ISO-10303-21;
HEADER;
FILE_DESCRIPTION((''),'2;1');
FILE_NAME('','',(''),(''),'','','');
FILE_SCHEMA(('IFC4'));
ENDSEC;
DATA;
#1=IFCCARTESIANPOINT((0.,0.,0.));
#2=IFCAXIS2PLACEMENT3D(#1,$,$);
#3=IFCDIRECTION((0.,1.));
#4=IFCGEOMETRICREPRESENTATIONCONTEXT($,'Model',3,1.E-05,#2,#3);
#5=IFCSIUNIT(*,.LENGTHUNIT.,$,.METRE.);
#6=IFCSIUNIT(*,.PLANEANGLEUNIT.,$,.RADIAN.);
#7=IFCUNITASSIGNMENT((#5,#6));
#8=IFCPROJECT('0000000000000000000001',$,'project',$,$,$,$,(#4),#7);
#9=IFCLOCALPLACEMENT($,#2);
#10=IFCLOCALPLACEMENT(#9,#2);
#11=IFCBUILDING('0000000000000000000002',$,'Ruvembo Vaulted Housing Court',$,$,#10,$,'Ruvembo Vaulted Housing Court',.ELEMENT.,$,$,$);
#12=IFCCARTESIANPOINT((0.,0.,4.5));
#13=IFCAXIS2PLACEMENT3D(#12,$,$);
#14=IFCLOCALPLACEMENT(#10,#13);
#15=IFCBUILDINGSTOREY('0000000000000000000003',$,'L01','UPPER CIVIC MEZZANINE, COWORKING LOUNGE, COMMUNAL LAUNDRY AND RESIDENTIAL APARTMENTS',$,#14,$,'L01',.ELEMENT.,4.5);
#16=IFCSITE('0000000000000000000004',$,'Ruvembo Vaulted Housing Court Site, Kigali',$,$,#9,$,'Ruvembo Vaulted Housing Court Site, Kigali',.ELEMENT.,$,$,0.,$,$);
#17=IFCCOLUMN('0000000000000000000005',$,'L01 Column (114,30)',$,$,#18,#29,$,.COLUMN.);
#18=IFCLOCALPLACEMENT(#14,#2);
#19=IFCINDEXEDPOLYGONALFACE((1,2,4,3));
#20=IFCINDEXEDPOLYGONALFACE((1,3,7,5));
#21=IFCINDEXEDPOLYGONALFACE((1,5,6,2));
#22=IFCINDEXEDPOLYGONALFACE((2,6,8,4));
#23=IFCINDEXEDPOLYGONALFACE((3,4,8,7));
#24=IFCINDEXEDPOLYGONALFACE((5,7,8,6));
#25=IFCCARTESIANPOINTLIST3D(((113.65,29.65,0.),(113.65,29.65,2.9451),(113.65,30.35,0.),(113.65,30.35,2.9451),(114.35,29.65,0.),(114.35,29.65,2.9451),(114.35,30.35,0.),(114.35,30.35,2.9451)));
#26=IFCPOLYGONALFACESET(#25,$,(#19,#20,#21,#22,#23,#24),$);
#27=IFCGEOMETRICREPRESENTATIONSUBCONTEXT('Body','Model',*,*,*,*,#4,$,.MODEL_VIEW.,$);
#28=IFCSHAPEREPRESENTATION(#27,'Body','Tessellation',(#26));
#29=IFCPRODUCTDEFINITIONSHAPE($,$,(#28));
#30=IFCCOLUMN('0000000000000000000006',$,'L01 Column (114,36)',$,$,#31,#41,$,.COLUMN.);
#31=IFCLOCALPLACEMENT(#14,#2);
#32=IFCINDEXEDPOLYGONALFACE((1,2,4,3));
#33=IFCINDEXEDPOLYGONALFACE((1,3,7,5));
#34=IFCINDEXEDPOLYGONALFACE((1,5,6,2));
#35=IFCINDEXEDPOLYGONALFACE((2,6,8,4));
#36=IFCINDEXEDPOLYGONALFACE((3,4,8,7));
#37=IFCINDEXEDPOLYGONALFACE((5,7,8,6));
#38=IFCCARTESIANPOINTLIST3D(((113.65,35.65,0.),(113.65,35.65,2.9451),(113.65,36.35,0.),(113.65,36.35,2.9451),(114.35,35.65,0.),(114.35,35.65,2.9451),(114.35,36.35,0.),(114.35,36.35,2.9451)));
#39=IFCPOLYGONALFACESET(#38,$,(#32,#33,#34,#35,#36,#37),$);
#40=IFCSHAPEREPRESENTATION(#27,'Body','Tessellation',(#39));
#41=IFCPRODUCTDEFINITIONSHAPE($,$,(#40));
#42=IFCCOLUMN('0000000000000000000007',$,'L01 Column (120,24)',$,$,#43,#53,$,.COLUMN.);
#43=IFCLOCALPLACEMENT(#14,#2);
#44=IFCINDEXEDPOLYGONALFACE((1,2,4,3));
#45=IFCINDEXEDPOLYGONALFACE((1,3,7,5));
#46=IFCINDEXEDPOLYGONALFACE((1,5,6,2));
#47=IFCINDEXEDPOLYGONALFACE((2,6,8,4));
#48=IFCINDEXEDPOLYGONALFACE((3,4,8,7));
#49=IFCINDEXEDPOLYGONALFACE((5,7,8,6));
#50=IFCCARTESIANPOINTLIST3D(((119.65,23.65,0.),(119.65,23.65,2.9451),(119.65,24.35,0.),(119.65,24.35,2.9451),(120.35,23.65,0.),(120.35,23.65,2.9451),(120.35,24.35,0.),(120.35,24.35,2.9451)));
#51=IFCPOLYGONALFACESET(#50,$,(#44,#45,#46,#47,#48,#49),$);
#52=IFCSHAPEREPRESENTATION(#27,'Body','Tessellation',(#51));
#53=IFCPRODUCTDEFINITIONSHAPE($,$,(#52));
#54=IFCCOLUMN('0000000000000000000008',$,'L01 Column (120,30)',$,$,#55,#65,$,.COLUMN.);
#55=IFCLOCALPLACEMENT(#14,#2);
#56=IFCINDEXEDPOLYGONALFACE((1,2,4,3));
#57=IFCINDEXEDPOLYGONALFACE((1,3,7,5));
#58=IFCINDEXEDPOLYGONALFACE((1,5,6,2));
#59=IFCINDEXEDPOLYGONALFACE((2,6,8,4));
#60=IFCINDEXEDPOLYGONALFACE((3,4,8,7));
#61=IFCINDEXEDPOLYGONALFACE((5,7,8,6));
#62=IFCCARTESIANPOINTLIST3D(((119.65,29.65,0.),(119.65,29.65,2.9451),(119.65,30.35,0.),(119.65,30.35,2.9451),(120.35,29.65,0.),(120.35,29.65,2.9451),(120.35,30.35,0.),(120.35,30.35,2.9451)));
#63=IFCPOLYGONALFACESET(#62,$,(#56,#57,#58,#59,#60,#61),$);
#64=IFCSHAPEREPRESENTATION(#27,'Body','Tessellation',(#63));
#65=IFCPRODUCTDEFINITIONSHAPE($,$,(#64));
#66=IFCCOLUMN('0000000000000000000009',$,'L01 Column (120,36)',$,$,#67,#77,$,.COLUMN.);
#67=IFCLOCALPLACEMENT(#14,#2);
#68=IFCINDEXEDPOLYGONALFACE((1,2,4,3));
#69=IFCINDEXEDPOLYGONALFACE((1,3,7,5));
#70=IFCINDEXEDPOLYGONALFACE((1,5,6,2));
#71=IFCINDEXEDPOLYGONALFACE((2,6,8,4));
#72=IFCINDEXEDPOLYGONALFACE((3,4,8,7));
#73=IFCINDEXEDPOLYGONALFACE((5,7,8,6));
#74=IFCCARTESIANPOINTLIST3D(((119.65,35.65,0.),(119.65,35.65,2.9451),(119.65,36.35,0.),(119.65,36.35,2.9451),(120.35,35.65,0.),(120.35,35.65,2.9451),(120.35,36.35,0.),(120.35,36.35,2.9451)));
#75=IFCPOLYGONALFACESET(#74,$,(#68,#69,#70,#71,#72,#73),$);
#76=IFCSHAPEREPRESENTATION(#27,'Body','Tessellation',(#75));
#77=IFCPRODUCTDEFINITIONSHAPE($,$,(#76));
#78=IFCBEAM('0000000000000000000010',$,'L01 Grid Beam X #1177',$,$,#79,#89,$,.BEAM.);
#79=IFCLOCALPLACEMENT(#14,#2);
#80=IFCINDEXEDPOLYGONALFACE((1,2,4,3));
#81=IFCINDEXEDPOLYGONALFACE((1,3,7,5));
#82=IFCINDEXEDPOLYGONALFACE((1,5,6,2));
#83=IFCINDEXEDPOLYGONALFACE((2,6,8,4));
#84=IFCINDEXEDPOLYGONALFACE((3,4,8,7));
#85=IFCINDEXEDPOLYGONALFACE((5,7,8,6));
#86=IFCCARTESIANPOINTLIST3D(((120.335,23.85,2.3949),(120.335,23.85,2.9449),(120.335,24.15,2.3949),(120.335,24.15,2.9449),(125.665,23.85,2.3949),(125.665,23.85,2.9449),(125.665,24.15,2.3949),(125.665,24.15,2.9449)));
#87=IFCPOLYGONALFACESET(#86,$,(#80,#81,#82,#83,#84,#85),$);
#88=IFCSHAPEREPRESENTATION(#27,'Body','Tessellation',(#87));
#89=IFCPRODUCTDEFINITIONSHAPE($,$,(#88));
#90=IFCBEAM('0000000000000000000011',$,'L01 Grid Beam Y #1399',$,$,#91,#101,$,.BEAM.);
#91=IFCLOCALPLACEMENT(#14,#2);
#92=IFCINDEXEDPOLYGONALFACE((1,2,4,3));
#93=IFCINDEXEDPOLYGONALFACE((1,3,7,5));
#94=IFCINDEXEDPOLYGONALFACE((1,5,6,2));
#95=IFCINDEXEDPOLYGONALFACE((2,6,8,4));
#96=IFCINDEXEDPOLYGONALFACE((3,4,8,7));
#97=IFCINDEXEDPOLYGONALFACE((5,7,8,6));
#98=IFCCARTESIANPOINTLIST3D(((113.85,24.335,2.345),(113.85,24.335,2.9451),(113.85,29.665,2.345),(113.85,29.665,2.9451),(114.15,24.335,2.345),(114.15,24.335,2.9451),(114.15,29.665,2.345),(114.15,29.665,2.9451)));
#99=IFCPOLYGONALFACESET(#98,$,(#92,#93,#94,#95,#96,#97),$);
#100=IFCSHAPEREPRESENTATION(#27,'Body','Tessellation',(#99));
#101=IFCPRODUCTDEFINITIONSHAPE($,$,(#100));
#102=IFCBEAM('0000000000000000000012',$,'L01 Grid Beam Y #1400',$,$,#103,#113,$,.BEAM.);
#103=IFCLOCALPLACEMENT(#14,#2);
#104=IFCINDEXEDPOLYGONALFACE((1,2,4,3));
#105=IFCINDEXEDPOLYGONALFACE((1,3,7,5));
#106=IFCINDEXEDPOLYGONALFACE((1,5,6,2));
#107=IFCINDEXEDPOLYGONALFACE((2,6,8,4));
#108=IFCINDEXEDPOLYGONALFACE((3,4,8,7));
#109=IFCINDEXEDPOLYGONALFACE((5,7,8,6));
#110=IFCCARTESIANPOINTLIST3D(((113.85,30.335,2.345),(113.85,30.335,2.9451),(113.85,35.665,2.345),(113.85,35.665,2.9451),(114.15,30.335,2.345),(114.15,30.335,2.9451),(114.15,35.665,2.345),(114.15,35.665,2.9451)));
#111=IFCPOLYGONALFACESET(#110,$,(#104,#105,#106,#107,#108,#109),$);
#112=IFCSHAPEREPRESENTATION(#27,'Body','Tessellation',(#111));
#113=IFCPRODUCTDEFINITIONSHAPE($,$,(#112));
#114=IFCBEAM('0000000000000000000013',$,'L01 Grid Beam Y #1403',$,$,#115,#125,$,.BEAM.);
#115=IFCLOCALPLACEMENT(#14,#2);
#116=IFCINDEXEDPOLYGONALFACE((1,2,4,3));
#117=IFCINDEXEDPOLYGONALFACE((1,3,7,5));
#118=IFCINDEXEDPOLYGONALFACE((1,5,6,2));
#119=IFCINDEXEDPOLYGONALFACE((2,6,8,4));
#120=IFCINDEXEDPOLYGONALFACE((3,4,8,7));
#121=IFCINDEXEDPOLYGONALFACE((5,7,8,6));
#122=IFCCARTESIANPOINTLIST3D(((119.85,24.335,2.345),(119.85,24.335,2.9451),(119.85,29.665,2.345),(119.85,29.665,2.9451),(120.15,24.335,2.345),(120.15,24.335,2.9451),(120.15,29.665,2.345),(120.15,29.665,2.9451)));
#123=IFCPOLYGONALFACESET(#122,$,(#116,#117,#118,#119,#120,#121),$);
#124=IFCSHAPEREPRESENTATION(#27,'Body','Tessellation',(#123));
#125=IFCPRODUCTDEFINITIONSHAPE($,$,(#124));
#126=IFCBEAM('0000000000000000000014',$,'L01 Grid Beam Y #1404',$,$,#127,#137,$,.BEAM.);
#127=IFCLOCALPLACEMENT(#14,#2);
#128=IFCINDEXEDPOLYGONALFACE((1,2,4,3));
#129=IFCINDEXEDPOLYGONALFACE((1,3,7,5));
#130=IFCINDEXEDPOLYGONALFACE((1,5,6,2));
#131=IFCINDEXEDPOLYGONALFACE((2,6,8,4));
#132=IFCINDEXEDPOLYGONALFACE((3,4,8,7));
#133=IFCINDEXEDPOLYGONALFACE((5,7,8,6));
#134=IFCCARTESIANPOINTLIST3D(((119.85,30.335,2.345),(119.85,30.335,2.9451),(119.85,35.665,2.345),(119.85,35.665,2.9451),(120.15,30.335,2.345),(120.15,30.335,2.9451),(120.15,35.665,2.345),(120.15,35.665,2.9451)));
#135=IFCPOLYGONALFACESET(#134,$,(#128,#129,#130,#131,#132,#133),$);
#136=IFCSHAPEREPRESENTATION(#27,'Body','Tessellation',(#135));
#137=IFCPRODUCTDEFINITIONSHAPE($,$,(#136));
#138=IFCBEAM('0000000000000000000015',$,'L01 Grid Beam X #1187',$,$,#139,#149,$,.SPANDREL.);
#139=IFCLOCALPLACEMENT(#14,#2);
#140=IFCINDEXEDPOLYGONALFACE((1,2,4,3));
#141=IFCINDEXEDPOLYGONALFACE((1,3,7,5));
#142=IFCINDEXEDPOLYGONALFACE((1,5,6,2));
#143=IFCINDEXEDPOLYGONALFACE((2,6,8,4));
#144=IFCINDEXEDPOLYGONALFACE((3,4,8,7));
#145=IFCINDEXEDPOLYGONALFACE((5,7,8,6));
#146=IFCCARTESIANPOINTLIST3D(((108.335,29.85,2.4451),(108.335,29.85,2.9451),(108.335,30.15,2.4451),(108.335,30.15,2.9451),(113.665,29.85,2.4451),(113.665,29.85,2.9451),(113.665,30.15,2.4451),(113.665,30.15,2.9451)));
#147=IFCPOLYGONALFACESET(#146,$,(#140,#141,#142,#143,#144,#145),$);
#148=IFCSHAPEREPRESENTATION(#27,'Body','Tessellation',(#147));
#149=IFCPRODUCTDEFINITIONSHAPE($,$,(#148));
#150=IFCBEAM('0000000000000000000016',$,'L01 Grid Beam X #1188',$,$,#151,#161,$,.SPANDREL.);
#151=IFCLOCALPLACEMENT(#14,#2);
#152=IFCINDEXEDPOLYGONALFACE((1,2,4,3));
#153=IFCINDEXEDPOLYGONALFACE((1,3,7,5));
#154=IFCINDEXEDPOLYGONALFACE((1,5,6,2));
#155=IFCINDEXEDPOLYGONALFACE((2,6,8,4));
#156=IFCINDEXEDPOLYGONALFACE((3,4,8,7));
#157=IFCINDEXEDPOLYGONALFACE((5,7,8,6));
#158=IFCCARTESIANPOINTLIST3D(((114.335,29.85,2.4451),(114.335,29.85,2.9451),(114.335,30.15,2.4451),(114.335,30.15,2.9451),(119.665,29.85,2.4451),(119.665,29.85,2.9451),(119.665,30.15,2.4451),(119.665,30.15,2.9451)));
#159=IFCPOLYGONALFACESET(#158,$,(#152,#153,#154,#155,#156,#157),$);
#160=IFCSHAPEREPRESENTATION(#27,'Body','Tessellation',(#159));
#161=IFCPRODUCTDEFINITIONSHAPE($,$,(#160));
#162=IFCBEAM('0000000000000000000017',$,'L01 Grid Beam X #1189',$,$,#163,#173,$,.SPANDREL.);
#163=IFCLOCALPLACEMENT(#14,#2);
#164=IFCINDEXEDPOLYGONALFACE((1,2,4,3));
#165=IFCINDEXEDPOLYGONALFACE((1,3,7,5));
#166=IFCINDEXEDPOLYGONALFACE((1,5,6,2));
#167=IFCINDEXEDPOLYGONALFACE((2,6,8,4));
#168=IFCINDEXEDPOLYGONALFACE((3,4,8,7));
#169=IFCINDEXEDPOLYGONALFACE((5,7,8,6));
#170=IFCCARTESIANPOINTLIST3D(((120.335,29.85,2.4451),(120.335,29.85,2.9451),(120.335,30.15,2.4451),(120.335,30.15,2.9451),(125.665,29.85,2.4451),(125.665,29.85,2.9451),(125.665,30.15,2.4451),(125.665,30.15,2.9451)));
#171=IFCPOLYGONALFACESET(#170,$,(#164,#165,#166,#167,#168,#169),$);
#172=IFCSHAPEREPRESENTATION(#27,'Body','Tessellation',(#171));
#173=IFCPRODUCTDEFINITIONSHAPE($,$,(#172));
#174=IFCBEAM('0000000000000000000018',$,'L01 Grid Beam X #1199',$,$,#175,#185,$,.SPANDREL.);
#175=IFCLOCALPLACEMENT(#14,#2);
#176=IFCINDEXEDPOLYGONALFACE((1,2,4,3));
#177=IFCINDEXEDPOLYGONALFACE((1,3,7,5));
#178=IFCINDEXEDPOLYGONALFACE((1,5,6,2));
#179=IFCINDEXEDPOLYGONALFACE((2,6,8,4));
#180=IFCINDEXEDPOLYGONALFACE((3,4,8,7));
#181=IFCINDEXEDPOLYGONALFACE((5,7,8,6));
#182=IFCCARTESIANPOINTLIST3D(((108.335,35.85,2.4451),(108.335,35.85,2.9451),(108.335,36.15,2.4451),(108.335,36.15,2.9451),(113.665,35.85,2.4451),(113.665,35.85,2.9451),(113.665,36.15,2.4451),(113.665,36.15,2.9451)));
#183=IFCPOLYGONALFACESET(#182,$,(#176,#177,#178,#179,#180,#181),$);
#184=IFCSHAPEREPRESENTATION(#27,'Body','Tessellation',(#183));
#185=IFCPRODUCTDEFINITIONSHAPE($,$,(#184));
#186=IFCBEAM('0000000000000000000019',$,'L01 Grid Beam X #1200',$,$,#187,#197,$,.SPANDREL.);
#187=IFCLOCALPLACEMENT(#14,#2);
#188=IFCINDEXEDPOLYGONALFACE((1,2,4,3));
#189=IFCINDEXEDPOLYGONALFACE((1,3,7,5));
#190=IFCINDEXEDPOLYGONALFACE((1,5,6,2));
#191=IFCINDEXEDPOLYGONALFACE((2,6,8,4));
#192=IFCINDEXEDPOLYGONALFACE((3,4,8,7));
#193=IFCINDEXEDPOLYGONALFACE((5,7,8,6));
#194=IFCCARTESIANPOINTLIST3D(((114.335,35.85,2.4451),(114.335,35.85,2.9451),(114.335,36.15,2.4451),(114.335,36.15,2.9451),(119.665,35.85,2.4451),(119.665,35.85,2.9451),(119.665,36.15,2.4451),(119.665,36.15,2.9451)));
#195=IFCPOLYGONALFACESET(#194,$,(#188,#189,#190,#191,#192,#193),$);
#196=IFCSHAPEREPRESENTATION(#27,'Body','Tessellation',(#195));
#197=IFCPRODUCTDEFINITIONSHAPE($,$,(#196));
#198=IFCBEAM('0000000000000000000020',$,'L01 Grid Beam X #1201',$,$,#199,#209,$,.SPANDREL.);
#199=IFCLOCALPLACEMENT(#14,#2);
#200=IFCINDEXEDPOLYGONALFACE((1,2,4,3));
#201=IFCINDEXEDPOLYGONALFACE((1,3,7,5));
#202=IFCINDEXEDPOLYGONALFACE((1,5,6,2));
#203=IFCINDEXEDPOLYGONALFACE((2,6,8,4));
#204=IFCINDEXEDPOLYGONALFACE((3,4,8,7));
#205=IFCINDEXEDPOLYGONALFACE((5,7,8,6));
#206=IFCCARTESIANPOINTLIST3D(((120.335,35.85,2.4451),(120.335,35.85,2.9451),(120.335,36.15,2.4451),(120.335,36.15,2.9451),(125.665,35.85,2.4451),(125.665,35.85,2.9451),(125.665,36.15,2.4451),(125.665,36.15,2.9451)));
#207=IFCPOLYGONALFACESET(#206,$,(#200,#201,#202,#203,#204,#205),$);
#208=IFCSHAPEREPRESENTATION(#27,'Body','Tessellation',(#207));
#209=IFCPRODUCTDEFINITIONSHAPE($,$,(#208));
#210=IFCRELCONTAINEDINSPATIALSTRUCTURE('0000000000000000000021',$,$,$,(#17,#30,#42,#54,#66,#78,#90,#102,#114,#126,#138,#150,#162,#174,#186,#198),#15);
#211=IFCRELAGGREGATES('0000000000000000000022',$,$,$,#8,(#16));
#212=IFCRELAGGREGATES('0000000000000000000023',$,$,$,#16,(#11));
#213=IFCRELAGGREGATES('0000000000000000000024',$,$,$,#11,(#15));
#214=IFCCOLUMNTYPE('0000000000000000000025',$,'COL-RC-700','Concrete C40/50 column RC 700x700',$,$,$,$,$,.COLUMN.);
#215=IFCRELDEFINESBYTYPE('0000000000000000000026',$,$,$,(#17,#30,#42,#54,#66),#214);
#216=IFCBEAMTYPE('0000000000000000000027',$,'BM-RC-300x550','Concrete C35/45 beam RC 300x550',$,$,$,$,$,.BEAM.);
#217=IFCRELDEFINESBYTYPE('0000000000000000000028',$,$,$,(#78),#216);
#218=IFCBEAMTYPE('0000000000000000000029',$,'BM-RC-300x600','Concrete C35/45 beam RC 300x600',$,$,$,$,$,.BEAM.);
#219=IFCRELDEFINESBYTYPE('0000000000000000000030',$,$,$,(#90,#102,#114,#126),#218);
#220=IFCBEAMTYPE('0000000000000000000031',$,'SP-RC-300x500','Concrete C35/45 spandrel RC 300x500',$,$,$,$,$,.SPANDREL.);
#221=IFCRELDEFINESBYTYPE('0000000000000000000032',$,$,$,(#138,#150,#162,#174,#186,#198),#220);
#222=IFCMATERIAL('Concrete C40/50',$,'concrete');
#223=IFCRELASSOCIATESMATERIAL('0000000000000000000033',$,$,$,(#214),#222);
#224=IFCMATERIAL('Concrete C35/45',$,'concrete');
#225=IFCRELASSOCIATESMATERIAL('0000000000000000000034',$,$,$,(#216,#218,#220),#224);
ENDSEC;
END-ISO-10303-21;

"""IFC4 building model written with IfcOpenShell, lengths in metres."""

from ifc_helpers import new_model, si_unit, direction, frame, origin, origin_2d, place, context, subcontext, project, spatial, rectangle, extrude, material, material_profile, profile_set, type_object, element, save


model = new_model("IFC4")

# Units and contexts
model_context = context("Model", 3, precision=1e-05, world=origin(), true_north=direction((0.0, 1.0)))
body_context = subcontext(model_context, "Body", "Model", "MODEL_VIEW")
ifc_project = project(units=[si_unit("LENGTHUNIT", "METRE"), si_unit("PLANEANGLEUNIT", "RADIAN")], contexts=[model_context])

# Site, building, storey
site_placement = place(None, origin())
site = spatial("IfcSite", under=ifc_project, at=site_placement, Name="Ruvembo Vaulted Housing Court Site, Kigali", LongName="Ruvembo Vaulted Housing Court Site, Kigali", CompositionType="ELEMENT", RefElevation=0.0)
building_placement = place(site_placement, origin())
building = spatial("IfcBuilding", under=site, at=building_placement, Name="Ruvembo Vaulted Housing Court", LongName="Ruvembo Vaulted Housing Court", CompositionType="ELEMENT")
storey_placement = place(building_placement, frame((0.0, 0.0, 4.5)))
storey = spatial("IfcBuildingStorey", under=building, at=storey_placement, Name="L01", Description="UPPER CIVIC MEZZANINE, COWORKING LOUNGE, COMMUNAL LAUNDRY AND RESIDENTIAL APARTMENTS", LongName="L01", CompositionType="ELEMENT", Elevation=4.5)

# Columns
ifc_material_1 = material(Name="Concrete C40/50", Category="concrete")
ifc_material_profile_1 = material_profile(ifc_material_1, rectangle(XDim=0.7, YDim=0.7, at=origin_2d()), Name="RC 700x700")
ifc_profile_set_1 = profile_set([ifc_material_profile_1], Name="Concrete C40/50")
column_type = type_object("IfcColumnType", Name="COL-RC-700", Description="Concrete C40/50 column RC 700x700", PredefinedType="COLUMN", material=ifc_profile_set_1)
for number, where, z_axis, x_axis, name in (
    (1, (114.0, 30.0, 0.0), (0.0, 0.0, 1.0), (1.0, 0.0, 0.0), "L01 Column (114,30)"),
    (2, (114.0, 36.0, 0.0), (0.0, 0.0, 1.0), (1.0, 0.0, 0.0), "L01 Column (114,36)"),
    (3, (120.0, 24.0, 0.0), (0.0, 0.0, 1.0), (1.0, 0.0, 0.0), "L01 Column (120,24)"),
    (4, (120.0, 30.0, 0.0), (0.0, 0.0, 1.0), (1.0, 0.0, 0.0), "L01 Column (120,30)"),
    (5, (120.0, 36.0, 0.0), (0.0, 0.0, 1.0), (1.0, 0.0, 0.0), "L01 Column (120,36)"),
):
    element("IfcColumn", number, at=place(storey_placement, frame(where, z_axis=z_axis, x_axis=x_axis)), inside=storey, type_object=column_type, Name=name, PredefinedType="COLUMN", context=body_context, shape_type="SweptSolid", body=[
        extrude(rectangle(XDim=0.7, YDim=0.7, at=origin_2d()), origin(), (0.0, 0.0, 1.0), 2.9451),
    ])

# Beams
ifc_material_2 = material(Name="Concrete C35/45", Category="concrete")
ifc_material_profile_2 = material_profile(ifc_material_2, rectangle(XDim=0.3, YDim=0.55, at=origin_2d()), Name="RC 300x550")
ifc_profile_set_2 = profile_set([ifc_material_profile_2], Name="Concrete C35/45")
beam_type_1 = type_object("IfcBeamType", Name="BM-RC-300x550", Description="Concrete C35/45 beam RC 300x550", PredefinedType="BEAM", material=ifc_profile_set_2)
beam_placement = place(storey_placement, frame((120.335, 24.0, 2.6699), z_axis=(1.0, 0.0, 0.0), x_axis=(0.0, 1.0, 0.0)))
element("IfcBeam", 6, at=beam_placement, inside=storey, type_object=beam_type_1, Name="L01 Grid Beam X #1177", PredefinedType="BEAM", context=body_context, shape_type="SweptSolid", body=[
    extrude(rectangle(XDim=0.3, YDim=0.55, at=origin_2d()), origin(), (0.0, 0.0, 1.0), 5.3301),
])
ifc_material_profile_3 = material_profile(ifc_material_2, rectangle(XDim=0.3, YDim=0.6001, at=origin_2d()), Name="RC 300x600")
ifc_profile_set_3 = profile_set([ifc_material_profile_3], Name="Concrete C35/45")
beam_type_2 = type_object("IfcBeamType", Name="BM-RC-300x600", Description="Concrete C35/45 beam RC 300x600", PredefinedType="BEAM", material=ifc_profile_set_3)
for number, where, z_axis, x_axis, name in (
    (7, (114.0, 24.335, 2.645), (0.0, 1.0, 0.0), (-1.0, 0.0, 0.0), "L01 Grid Beam Y #1399"),
    (8, (114.0, 30.335, 2.645), (0.0, 1.0, 0.0), (-1.0, 0.0, 0.0), "L01 Grid Beam Y #1400"),
    (9, (120.0, 24.335, 2.645), (0.0, 1.0, 0.0), (-1.0, 0.0, 0.0), "L01 Grid Beam Y #1403"),
    (10, (120.0, 30.335, 2.645), (0.0, 1.0, 0.0), (-1.0, 0.0, 0.0), "L01 Grid Beam Y #1404"),
):
    element("IfcBeam", number, at=place(storey_placement, frame(where, z_axis=z_axis, x_axis=x_axis)), inside=storey, type_object=beam_type_2, Name=name, PredefinedType="BEAM", context=body_context, shape_type="SweptSolid", body=[
        extrude(rectangle(XDim=0.3, YDim=0.6001, at=origin_2d()), origin(), (0.0, 0.0, 1.0), 5.3301),
    ])
ifc_material_profile_4 = material_profile(ifc_material_2, rectangle(XDim=0.3, YDim=0.5, at=origin_2d()), Name="RC 300x500")
ifc_profile_set_4 = profile_set([ifc_material_profile_4], Name="Concrete C35/45")
beam_type_3 = type_object("IfcBeamType", Name="SP-RC-300x500", Description="Concrete C35/45 spandrel RC 300x500", PredefinedType="SPANDREL", material=ifc_profile_set_4)
for number, where, z_axis, x_axis, name in (
    (11, (108.335, 30.0, 2.6951), (1.0, 0.0, 0.0), (0.0, 1.0, 0.0), "L01 Grid Beam X #1187"),
    (12, (114.335, 30.0, 2.6951), (1.0, 0.0, 0.0), (0.0, 1.0, 0.0), "L01 Grid Beam X #1188"),
    (13, (120.335, 30.0, 2.6951), (1.0, 0.0, 0.0), (0.0, 1.0, 0.0), "L01 Grid Beam X #1189"),
    (14, (108.335, 36.0, 2.6951), (1.0, 0.0, 0.0), (0.0, 1.0, 0.0), "L01 Grid Beam X #1199"),
    (15, (114.335, 36.0, 2.6951), (1.0, 0.0, 0.0), (0.0, 1.0, 0.0), "L01 Grid Beam X #1200"),
    (16, (120.335, 36.0, 2.6951), (1.0, 0.0, 0.0), (0.0, 1.0, 0.0), "L01 Grid Beam X #1201"),
):
    element("IfcBeam", number, at=place(storey_placement, frame(where, z_axis=z_axis, x_axis=x_axis)), inside=storey, type_object=beam_type_3, Name=name, PredefinedType="SPANDREL", context=body_context, shape_type="SweptSolid", body=[
        extrude(rectangle(XDim=0.3, YDim=0.5, at=origin_2d()), origin(), (0.0, 0.0, 1.0), 5.3301),
    ])

save(model, "model.ifc")
